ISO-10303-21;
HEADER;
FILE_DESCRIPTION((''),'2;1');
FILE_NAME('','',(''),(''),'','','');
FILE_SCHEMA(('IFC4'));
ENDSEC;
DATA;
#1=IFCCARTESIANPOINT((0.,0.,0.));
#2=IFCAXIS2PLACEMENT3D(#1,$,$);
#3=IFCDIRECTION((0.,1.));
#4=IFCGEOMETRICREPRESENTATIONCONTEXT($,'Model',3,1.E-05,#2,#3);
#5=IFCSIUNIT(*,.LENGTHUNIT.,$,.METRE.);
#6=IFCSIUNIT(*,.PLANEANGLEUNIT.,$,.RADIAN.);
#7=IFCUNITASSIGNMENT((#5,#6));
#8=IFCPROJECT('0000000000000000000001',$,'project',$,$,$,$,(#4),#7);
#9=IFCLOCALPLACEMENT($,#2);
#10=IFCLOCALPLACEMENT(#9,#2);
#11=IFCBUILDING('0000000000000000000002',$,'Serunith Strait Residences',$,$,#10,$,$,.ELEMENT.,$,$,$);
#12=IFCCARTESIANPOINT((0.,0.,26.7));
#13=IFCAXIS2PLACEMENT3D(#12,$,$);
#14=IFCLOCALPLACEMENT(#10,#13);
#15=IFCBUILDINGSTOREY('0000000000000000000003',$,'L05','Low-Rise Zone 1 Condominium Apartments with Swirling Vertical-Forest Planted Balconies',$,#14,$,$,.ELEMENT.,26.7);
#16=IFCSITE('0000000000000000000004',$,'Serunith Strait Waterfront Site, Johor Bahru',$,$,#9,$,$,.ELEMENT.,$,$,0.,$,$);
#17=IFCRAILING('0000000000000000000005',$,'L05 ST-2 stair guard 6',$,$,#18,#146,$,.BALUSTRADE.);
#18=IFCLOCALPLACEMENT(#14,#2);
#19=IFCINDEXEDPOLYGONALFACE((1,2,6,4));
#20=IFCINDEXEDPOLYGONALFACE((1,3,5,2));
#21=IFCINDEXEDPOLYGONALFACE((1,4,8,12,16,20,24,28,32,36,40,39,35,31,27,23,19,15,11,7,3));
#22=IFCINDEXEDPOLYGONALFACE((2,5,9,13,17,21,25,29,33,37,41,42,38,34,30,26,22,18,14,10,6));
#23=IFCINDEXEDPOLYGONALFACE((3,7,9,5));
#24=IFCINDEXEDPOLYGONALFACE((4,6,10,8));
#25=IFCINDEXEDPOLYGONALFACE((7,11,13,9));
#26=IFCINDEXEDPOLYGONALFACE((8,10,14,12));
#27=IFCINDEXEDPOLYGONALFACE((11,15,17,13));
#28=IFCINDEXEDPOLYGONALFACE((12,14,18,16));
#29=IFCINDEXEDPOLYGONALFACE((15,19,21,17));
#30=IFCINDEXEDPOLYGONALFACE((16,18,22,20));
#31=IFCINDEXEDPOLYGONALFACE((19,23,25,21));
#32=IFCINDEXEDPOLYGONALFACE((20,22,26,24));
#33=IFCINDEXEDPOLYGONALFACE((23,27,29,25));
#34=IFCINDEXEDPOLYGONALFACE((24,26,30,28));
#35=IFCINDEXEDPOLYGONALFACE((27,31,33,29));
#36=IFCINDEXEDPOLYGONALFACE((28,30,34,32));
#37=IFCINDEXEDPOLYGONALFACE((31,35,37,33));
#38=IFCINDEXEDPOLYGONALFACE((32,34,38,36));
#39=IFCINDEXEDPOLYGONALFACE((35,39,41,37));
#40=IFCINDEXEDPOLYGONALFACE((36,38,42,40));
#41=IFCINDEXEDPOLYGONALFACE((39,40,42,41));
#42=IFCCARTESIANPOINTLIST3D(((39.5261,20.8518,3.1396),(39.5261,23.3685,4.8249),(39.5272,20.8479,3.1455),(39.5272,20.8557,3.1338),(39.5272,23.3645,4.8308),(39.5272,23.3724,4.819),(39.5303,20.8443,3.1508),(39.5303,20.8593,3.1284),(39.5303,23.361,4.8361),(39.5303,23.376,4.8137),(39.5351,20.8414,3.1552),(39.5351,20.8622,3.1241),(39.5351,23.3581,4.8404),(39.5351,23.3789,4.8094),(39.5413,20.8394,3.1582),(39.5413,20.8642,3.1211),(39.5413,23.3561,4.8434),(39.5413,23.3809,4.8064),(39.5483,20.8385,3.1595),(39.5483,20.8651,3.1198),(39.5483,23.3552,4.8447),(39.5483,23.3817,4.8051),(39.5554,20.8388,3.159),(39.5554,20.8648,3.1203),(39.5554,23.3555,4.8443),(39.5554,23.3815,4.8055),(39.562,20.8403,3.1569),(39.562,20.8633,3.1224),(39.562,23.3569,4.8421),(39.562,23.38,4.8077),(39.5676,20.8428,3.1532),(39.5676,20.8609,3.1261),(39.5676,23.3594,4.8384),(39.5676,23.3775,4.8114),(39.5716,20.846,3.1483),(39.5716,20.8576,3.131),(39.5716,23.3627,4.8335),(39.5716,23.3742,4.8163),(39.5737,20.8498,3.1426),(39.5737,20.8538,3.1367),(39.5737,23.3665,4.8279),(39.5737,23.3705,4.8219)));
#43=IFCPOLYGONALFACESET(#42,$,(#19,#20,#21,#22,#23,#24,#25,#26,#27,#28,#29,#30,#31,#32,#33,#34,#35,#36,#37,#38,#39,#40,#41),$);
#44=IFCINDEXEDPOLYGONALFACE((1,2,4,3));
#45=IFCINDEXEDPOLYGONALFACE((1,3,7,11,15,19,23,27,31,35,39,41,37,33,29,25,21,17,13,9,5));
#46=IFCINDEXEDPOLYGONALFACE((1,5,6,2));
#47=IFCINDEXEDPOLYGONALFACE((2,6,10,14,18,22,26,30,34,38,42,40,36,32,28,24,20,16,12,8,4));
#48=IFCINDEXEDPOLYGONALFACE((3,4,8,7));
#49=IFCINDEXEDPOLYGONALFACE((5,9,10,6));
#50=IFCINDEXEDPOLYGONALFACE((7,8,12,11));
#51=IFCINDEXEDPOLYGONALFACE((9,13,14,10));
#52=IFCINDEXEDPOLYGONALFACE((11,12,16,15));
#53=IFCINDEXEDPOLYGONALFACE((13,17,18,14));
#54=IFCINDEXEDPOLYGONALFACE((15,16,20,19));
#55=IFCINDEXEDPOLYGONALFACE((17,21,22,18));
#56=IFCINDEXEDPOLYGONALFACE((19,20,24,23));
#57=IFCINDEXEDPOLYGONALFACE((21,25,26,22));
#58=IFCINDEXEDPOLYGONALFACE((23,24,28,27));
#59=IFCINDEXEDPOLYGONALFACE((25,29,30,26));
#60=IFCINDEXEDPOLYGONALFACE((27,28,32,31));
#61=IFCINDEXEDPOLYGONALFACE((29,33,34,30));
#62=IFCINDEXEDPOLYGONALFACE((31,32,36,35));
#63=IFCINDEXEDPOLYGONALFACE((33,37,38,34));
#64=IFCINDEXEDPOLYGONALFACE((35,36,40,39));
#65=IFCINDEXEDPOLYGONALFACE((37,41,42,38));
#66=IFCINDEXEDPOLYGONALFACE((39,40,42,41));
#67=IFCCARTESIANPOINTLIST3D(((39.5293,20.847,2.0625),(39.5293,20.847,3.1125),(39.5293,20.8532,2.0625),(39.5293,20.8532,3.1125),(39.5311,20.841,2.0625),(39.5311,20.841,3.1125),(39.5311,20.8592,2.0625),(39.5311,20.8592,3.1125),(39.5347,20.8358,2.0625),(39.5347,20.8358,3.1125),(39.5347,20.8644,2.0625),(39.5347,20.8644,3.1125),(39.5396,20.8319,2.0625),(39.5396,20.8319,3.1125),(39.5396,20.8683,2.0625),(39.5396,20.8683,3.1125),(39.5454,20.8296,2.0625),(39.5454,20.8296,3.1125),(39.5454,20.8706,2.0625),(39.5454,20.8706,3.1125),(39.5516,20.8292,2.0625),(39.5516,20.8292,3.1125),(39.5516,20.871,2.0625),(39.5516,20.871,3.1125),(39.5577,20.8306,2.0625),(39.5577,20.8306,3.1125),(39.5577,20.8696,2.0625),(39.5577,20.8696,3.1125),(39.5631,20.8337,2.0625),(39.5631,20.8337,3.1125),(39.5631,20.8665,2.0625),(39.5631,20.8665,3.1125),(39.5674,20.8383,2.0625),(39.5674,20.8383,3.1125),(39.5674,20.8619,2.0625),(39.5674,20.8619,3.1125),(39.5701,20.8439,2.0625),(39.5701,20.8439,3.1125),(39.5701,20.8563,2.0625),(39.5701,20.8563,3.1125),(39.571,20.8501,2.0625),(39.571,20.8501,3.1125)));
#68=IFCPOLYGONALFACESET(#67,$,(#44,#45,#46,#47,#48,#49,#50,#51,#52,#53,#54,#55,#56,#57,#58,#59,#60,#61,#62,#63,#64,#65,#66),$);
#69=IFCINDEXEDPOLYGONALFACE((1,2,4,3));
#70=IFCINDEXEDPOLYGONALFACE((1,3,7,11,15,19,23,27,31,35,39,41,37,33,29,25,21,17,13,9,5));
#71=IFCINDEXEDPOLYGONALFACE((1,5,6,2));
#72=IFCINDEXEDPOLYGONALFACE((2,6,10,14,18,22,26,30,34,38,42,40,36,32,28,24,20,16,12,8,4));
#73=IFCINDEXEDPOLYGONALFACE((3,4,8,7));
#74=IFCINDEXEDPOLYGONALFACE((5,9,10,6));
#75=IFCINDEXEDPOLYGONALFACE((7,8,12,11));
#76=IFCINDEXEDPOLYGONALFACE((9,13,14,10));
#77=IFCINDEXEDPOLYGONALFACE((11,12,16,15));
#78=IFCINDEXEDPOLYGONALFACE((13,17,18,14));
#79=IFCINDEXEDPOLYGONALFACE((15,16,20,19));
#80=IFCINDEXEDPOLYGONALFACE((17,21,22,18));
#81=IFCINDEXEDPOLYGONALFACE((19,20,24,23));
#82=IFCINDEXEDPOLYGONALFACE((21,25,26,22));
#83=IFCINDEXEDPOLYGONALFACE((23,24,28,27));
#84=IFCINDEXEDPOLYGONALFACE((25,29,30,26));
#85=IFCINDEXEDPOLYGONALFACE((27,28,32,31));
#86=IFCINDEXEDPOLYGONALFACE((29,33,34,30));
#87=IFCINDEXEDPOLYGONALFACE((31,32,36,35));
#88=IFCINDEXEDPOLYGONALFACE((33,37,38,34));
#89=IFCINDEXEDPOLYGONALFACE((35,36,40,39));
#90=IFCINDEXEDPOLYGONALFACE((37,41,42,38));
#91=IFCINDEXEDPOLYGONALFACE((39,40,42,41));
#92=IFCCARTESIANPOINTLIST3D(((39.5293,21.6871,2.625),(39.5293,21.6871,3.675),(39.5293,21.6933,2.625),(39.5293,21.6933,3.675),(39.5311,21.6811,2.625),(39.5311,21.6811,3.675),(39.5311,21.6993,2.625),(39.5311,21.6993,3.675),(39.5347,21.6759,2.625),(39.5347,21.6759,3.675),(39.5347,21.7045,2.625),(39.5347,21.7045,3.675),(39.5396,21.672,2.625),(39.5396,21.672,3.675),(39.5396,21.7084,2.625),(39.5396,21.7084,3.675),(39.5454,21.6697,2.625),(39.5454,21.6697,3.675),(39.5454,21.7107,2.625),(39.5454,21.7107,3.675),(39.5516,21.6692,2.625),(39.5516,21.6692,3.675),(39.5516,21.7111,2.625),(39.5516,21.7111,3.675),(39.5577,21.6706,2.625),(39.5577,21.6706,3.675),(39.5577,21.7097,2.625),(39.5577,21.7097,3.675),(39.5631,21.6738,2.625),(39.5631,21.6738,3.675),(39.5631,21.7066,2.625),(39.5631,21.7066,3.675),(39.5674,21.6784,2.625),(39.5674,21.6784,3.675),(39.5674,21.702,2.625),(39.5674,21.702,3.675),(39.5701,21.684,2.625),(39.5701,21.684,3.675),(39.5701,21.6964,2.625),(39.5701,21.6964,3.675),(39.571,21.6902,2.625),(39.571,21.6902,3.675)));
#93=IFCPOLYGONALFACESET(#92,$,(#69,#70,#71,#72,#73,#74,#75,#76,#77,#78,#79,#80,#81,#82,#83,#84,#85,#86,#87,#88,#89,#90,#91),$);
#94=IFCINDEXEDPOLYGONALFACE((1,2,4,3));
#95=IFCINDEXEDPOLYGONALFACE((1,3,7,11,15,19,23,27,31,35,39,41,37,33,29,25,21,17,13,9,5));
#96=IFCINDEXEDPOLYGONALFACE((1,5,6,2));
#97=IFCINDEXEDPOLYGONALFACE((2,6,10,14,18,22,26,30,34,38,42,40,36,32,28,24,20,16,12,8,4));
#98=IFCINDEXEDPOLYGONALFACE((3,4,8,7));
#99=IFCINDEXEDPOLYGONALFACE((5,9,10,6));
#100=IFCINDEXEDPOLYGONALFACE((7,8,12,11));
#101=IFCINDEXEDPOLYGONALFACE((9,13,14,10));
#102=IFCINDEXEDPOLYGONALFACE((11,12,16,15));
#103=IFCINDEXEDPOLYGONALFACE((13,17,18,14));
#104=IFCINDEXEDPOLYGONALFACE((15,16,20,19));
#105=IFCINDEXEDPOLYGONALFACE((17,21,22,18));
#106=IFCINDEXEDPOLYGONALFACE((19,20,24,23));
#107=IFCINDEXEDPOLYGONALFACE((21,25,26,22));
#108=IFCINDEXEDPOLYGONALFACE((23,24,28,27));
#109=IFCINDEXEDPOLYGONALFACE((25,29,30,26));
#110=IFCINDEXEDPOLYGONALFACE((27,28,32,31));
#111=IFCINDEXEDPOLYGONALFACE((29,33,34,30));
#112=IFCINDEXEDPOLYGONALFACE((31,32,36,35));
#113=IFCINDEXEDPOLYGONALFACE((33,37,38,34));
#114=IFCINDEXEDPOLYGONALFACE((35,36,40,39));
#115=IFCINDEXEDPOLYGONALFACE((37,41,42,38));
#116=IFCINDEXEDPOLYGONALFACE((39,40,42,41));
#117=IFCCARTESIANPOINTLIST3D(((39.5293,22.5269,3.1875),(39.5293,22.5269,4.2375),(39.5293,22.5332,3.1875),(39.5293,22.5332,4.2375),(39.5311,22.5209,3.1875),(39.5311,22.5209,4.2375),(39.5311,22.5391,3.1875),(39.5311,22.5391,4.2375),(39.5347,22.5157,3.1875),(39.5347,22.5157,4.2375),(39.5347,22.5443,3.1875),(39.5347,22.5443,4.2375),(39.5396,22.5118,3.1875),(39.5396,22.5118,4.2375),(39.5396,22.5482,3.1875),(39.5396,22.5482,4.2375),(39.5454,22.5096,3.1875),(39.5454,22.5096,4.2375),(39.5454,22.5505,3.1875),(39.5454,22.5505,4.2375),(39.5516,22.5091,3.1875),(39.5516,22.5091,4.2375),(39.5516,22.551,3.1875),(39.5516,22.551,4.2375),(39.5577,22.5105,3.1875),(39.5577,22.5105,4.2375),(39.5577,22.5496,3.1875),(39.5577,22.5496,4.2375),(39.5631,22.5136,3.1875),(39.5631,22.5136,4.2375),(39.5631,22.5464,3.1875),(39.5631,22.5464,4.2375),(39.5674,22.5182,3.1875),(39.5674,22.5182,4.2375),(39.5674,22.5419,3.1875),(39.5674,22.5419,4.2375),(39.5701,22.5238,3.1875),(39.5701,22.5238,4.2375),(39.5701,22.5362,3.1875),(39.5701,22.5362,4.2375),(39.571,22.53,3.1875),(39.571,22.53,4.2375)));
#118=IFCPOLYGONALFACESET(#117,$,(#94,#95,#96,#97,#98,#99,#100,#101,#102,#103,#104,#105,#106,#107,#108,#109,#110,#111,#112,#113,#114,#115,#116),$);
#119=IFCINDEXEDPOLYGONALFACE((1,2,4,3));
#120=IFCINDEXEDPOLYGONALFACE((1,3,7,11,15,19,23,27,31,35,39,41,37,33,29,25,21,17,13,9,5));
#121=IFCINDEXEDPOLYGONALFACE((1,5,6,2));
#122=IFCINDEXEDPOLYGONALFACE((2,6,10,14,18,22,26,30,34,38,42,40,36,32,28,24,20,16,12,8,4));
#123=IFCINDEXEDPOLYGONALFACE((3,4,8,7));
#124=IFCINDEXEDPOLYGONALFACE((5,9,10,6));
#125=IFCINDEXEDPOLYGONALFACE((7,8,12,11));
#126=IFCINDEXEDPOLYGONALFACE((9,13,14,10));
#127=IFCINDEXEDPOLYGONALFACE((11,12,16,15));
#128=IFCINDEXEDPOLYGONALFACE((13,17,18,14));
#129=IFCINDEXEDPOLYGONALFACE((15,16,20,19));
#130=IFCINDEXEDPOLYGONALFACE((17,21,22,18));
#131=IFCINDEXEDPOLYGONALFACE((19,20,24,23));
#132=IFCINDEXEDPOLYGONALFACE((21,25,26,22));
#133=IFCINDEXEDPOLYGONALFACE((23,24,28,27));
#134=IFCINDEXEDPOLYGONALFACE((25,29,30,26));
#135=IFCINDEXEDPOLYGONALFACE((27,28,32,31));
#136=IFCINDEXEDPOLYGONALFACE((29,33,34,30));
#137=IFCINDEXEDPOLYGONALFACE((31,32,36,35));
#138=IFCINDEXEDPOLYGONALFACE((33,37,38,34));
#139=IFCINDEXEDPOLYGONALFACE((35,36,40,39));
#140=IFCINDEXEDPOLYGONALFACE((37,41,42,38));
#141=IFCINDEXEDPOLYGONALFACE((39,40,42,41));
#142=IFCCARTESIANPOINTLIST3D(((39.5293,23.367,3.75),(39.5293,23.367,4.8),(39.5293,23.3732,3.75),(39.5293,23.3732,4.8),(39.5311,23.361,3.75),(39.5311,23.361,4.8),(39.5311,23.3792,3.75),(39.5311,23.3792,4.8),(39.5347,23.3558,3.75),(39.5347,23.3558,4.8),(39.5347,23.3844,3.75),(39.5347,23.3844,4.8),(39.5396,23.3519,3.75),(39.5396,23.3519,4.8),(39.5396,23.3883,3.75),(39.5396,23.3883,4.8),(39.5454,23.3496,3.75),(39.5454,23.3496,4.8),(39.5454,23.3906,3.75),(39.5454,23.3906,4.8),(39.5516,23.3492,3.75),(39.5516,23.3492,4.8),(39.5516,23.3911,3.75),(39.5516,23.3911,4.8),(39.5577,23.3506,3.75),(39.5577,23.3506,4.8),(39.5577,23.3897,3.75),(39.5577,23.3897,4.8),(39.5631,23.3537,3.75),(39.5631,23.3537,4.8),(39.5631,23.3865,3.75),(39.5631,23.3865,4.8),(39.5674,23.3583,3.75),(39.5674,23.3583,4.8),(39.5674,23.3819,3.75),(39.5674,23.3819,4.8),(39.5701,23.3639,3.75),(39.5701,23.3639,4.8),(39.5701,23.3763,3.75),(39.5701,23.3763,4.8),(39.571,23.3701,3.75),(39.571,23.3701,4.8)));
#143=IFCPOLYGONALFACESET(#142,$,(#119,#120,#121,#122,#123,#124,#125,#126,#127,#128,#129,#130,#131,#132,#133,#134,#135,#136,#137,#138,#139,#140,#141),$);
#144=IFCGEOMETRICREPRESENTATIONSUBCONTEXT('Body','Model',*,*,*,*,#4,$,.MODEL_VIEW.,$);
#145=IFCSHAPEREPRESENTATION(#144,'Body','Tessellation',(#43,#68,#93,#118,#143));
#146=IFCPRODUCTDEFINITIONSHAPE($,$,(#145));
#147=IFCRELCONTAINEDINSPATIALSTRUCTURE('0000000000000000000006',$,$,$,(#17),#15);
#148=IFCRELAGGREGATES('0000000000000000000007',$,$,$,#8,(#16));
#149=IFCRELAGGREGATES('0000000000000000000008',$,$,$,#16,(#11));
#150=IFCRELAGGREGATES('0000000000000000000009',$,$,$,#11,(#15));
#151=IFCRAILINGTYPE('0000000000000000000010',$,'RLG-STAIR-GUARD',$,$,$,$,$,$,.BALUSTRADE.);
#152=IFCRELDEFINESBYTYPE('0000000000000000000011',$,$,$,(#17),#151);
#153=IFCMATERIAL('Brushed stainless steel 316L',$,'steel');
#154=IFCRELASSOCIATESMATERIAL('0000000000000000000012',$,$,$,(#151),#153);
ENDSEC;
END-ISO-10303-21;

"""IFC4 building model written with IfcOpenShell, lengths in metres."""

from ifc_helpers import new_model, si_unit, direction, frame, origin, origin_2d, place, context, subcontext, project, spatial, circle, extrude, material, type_object, element, save


model = new_model("IFC4")

# Units and contexts
model_context = context("Model", 3, precision=1e-05, world=origin(), true_north=direction((0.0, 1.0)))
body_context = subcontext(model_context, "Body", "Model", "MODEL_VIEW")
ifc_project = project(units=[si_unit("LENGTHUNIT", "METRE"), si_unit("PLANEANGLEUNIT", "RADIAN")], contexts=[model_context])

# Site, building, storey
site_placement = place(None, origin())
site = spatial("IfcSite", under=ifc_project, at=site_placement, Name="Serunith Strait Waterfront Site, Johor Bahru", CompositionType="ELEMENT", RefElevation=0.0)
building_placement = place(site_placement, origin())
building = spatial("IfcBuilding", under=site, at=building_placement, Name="Serunith Strait Residences", CompositionType="ELEMENT")
storey_placement = place(building_placement, frame((0.0, 0.0, 26.7)))
storey = spatial("IfcBuildingStorey", under=building, at=storey_placement, Name="L05", Description="Low-Rise Zone 1 Condominium Apartments with Swirling Vertical-Forest Planted Balconies", CompositionType="ELEMENT", Elevation=26.7)

# Railing
ifc_material_1 = material(Name="Brushed stainless steel 316L", Category="steel")
railing_type_1 = type_object("IfcRailingType", Name="RLG-STAIR-GUARD", PredefinedType="BALUSTRADE", material=ifc_material_1)
railing_1_placement = place(storey_placement, frame((39.55, 20.8501, 2.0625)))
element("IfcRailing", 1, at=railing_1_placement, inside=storey, type_object=railing_type_1, Name="L05 ST-2 stair guard 6", PredefinedType="BALUSTRADE", context=body_context, shape_type="SweptSolid", body=[
    extrude(circle(Radius=0.0239, at=origin_2d()), frame((0.0, 0.0017, 1.0771), z_axis=(0.0, 0.830909, 0.556408), x_axis=(-1.0, 0.0, 0.0)), (0.0, 0.0, 1.0), 3.0288),
    extrude(circle(Radius=0.021, at=origin_2d()), origin(), (0.0, 0.0, 1.0), 1.05),
    extrude(circle(Radius=0.021, at=origin_2d()), frame((0.0, 0.8401, 0.5625)), (0.0, 0.0, 1.0), 1.05),
    extrude(circle(Radius=0.021, at=origin_2d()), frame((0.0, 1.6799, 1.125)), (0.0, 0.0, 1.0), 1.05),
    extrude(circle(Radius=0.021, at=origin_2d()), frame((0.0, 2.52, 1.6875)), (0.0, 0.0, 1.0), 1.05),
])

save(model, "model.ifc")
